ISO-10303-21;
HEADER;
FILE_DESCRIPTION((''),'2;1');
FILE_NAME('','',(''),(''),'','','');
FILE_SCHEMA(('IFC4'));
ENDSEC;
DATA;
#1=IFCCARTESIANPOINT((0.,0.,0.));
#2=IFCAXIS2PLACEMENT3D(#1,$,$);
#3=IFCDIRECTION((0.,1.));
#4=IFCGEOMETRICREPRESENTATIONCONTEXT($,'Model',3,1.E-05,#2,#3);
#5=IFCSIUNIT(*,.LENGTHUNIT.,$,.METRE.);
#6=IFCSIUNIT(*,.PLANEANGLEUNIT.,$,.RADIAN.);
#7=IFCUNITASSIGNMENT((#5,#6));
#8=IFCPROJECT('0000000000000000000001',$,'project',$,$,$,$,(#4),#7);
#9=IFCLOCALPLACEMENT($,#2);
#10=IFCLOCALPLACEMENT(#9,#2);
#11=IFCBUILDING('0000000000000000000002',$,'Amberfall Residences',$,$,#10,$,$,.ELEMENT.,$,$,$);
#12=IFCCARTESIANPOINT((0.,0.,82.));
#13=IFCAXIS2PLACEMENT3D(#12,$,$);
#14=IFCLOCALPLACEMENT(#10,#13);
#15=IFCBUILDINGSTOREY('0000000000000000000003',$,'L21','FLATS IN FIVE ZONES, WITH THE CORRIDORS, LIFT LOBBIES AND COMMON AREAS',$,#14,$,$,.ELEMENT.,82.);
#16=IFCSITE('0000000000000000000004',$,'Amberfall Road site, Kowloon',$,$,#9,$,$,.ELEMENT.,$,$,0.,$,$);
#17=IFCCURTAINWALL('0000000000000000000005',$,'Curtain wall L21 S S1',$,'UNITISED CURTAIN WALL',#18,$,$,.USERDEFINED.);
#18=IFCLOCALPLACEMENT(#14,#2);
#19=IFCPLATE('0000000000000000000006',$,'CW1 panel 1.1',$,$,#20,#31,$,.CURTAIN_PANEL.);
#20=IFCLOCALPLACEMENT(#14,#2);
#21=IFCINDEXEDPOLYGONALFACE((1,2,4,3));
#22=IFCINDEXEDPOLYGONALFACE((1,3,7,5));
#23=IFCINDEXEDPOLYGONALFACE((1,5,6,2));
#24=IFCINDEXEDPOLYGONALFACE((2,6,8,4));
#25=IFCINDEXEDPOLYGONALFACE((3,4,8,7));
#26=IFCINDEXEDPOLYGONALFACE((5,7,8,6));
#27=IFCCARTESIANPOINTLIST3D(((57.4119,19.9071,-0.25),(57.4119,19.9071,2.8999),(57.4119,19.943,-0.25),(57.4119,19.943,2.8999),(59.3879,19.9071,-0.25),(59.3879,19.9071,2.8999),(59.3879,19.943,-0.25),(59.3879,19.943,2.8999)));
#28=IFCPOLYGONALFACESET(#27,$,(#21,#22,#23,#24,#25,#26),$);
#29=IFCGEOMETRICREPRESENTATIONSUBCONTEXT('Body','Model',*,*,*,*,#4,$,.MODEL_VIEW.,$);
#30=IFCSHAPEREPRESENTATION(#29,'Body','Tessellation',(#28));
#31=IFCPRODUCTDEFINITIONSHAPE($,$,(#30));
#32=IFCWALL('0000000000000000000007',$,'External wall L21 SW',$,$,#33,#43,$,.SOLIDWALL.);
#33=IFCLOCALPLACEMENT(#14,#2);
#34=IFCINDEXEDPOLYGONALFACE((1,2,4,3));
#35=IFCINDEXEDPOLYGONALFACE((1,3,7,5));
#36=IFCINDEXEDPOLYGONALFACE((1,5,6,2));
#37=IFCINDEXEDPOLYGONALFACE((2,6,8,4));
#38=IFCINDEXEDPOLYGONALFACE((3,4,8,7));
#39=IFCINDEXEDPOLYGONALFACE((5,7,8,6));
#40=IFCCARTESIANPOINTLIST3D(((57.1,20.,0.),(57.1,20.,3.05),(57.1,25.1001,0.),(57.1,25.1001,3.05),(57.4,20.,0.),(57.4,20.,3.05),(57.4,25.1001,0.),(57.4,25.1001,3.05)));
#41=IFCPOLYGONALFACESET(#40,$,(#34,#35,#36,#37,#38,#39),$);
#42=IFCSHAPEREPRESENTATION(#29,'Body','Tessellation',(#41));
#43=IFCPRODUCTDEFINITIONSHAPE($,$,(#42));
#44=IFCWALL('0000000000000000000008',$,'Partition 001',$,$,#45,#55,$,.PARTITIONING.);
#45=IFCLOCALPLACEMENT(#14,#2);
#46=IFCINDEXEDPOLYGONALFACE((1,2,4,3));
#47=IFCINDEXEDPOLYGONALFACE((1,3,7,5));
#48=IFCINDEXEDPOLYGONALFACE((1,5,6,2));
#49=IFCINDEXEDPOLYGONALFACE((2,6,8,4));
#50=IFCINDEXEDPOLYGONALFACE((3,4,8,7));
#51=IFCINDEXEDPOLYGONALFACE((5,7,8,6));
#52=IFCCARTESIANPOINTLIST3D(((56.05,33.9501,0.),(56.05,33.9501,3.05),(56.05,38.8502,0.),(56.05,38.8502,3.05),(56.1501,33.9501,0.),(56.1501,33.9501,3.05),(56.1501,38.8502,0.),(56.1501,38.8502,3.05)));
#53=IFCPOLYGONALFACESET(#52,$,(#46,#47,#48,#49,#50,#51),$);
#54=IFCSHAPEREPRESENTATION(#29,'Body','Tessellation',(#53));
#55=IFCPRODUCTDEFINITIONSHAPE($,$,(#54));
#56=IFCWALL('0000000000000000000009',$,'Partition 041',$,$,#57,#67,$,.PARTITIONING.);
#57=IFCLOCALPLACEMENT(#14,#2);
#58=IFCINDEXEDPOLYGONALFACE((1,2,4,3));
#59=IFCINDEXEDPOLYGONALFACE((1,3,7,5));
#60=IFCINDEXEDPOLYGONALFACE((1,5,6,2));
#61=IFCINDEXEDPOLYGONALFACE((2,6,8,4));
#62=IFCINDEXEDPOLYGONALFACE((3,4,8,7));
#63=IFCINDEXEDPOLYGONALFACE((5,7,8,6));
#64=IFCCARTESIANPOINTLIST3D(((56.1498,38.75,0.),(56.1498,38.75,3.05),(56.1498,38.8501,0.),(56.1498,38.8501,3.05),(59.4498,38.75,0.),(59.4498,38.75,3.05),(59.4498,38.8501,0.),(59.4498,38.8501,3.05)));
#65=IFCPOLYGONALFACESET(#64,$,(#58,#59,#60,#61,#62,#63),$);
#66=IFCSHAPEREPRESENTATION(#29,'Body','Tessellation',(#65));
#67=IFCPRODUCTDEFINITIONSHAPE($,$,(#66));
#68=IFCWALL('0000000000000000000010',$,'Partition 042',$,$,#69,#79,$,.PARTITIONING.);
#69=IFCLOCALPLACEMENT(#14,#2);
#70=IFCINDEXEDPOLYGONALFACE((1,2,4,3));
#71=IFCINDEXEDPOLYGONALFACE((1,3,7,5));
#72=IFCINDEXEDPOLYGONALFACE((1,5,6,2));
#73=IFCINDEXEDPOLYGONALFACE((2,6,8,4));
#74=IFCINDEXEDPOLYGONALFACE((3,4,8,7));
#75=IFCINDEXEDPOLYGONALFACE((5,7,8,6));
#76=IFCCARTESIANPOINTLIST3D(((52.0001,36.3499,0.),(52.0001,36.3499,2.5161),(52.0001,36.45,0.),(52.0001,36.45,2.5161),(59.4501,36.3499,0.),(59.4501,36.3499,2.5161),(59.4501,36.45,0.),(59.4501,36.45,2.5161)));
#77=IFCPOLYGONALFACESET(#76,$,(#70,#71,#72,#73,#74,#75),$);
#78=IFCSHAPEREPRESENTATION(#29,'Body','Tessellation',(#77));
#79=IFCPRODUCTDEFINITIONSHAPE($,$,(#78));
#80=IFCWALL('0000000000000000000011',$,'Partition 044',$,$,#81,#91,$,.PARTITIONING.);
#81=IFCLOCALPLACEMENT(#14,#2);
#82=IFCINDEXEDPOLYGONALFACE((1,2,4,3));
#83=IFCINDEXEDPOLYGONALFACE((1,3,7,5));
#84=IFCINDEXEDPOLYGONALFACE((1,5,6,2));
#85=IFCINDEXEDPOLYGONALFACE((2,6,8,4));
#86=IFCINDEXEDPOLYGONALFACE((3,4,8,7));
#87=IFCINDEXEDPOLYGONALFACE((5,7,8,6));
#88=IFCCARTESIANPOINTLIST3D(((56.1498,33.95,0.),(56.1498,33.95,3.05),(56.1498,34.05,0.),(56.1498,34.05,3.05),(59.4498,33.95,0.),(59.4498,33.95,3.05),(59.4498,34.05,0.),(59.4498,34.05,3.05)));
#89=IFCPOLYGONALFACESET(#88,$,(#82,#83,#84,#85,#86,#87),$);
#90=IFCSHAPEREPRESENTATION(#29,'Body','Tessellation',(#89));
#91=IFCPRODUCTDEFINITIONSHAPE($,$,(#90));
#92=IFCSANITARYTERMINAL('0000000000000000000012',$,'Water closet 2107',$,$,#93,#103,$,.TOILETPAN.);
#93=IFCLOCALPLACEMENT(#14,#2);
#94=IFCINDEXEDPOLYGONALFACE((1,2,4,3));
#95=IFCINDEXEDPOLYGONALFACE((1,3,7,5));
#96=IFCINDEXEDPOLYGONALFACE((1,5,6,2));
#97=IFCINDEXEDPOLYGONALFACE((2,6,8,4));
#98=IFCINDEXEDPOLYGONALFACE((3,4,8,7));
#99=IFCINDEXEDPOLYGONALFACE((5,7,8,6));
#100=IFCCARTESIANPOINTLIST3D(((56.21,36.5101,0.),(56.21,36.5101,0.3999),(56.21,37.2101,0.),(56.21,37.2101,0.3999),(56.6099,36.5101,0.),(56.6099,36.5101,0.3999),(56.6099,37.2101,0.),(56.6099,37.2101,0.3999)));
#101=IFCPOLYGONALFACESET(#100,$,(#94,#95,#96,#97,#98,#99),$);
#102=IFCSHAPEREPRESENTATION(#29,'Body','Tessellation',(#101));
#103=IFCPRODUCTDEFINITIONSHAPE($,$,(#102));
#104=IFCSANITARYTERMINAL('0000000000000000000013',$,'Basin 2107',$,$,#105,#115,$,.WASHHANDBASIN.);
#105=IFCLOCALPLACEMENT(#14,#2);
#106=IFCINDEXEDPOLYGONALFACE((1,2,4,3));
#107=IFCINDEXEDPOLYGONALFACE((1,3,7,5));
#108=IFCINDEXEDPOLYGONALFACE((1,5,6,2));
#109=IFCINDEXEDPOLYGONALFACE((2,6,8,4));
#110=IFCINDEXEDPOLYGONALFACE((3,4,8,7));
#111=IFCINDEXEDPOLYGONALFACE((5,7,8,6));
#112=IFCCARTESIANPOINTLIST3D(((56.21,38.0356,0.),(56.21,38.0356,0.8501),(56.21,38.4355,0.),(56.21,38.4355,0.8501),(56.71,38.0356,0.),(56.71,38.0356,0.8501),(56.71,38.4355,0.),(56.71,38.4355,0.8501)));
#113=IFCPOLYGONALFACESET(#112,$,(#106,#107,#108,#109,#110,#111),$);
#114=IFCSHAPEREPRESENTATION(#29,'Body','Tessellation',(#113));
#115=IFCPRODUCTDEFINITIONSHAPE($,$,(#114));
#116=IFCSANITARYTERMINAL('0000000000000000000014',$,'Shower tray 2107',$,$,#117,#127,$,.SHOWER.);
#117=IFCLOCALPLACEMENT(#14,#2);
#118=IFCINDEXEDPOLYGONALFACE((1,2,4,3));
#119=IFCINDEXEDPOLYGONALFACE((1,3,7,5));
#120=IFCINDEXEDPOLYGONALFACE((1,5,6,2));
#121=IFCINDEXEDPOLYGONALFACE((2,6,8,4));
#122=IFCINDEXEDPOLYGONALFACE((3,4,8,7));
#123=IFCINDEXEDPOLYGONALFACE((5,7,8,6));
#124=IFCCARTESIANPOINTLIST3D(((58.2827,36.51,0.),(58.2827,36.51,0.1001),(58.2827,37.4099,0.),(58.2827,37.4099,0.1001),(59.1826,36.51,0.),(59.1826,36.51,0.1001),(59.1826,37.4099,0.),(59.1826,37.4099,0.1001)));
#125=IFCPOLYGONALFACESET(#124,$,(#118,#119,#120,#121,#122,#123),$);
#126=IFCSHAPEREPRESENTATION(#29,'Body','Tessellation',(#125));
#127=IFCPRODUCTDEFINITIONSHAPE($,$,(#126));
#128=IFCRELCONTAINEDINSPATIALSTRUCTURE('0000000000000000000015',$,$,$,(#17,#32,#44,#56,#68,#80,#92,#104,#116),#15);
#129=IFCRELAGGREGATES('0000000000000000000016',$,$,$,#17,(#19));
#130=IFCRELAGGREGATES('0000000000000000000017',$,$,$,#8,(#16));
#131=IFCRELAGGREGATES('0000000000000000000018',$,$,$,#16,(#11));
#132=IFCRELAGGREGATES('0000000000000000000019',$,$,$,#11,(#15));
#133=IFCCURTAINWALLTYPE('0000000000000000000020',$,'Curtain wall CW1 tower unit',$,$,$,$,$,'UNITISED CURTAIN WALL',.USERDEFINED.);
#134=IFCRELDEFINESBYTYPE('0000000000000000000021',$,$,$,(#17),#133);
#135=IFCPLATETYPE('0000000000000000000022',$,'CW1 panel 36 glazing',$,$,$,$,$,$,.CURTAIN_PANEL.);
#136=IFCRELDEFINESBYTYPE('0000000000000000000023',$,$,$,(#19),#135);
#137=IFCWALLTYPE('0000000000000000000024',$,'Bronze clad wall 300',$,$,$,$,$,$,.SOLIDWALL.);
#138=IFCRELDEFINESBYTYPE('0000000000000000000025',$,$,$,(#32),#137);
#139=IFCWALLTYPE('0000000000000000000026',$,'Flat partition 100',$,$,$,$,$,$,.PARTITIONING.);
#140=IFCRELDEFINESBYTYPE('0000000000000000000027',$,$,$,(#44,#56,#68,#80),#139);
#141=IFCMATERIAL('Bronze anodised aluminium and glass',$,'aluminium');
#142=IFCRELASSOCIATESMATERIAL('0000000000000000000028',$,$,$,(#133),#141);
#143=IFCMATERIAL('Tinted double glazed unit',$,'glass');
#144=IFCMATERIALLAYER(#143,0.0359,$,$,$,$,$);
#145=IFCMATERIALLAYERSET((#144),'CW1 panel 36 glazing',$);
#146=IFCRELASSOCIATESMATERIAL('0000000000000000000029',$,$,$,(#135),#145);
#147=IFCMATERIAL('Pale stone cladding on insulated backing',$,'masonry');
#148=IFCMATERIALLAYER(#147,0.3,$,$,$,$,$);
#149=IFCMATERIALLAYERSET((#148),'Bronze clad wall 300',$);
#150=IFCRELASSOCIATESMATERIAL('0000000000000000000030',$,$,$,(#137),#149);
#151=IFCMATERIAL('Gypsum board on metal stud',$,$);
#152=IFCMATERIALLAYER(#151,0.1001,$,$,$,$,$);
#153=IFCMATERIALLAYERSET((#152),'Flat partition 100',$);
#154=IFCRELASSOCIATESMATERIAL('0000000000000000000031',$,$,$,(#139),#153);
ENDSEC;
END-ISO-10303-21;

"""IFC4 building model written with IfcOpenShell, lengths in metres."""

from ifc_helpers import new_model, si_unit, direction, frame, frame_2d, origin, origin_2d, place, context, subcontext, project, spatial, rectangle, extrude, material, layer, layer_set, type_object, element, aggregate, save


model = new_model("IFC4")

# Units and contexts
model_context = context("Model", 3, precision=1e-05, world=origin(), true_north=direction((0.0, 1.0)))
body_context = subcontext(model_context, "Body", "Model", "MODEL_VIEW")
ifc_project = project(units=[si_unit("LENGTHUNIT", "METRE"), si_unit("PLANEANGLEUNIT", "RADIAN")], contexts=[model_context])

# Site, building, storey
site_placement = place(None, origin())
site = spatial("IfcSite", under=ifc_project, at=site_placement, Name="Amberfall Road site, Kowloon", CompositionType="ELEMENT", RefElevation=0.0)
building_placement = place(site_placement, origin())
building = spatial("IfcBuilding", under=site, at=building_placement, Name="Amberfall Residences", CompositionType="ELEMENT")
storey_placement = place(building_placement, frame((0.0, 0.0, 82.0)))
storey = spatial("IfcBuildingStorey", under=building, at=storey_placement, Name="L21", Description="FLATS IN FIVE ZONES, WITH THE CORRIDORS, LIFT LOBBIES AND COMMON AREAS", CompositionType="ELEMENT", Elevation=82.0)

# Curtain wall
ifc_material_1 = material(Name="Bronze anodised aluminium and glass", Category="aluminium")
curtain_wall_type = type_object("IfcCurtainWallType", Name="Curtain wall CW1 tower unit", ElementType="UNITISED CURTAIN WALL", PredefinedType="USERDEFINED", material=ifc_material_1)
curtain_wall_placement = place(storey_placement, origin())
curtain_wall = element("IfcCurtainWall", 1, at=curtain_wall_placement, inside=storey, type_object=curtain_wall_type, Name="Curtain wall L21 S S1", ObjectType="UNITISED CURTAIN WALL", PredefinedType="USERDEFINED")

# Plate
ifc_material_2 = material(Name="Tinted double glazed unit", Category="glass")
ifc_layer_1 = layer(ifc_material_2, 0.0359)
ifc_layer_set_1 = layer_set([ifc_layer_1], Name="CW1 panel 36 glazing")
plate_type = type_object("IfcPlateType", Name="CW1 panel 36 glazing", PredefinedType="CURTAIN_PANEL", material=ifc_layer_set_1)
plate_placement = place(storey_placement, frame((58.3999, 19.925, -0.25), z_axis=(0.0, 0.0, 1.0), x_axis=(1.0, 0.0, 0.0)))
plate = element("IfcPlate", 2, at=plate_placement, type_object=plate_type, Name="CW1 panel 1.1", PredefinedType="CURTAIN_PANEL", context=body_context, shape_type="SweptSolid", body=[
    extrude(rectangle(XDim=1.9761, YDim=0.0359, at=origin_2d()), origin(), (0.0, 0.0, 1.0), 3.1499),
])
aggregate(curtain_wall, [plate])

# Walls
ifc_material_3 = material(Name="Pale stone cladding on insulated backing", Category="masonry")
ifc_layer_2 = layer(ifc_material_3, 0.3)
ifc_layer_set_2 = layer_set([ifc_layer_2], Name="Bronze clad wall 300")
wall_type_1 = type_object("IfcWallType", Name="Bronze clad wall 300", PredefinedType="SOLIDWALL", material=ifc_layer_set_2)
wall_1_placement = place(storey_placement, frame((57.25, 25.1001, 0.0), z_axis=(0.0, 0.0, 1.0), x_axis=(0.0, -1.0, 0.0)))
element("IfcWall", 3, at=wall_1_placement, inside=storey, type_object=wall_type_1, Name="External wall L21 SW", PredefinedType="SOLIDWALL", context=body_context, shape_type="SweptSolid", body=[
    extrude(rectangle(XDim=5.1001, YDim=0.3, at=frame_2d((2.55, 0.0))), origin(), (0.0, 0.0, 1.0), 3.05),
])
ifc_material_4 = material(Name="Gypsum board on metal stud")
ifc_layer_3 = layer(ifc_material_4, 0.1001)
ifc_layer_set_3 = layer_set([ifc_layer_3], Name="Flat partition 100")
wall_type_2 = type_object("IfcWallType", Name="Flat partition 100", PredefinedType="PARTITIONING", material=ifc_layer_set_3)
wall_2_placement = place(storey_placement, frame((56.1001, 33.95, 0.0), z_axis=(0.0, 0.0, 1.0), x_axis=(0.0, 1.0, 0.0)))
element("IfcWall", 4, at=wall_2_placement, inside=storey, type_object=wall_type_2, Name="Partition 001", PredefinedType="PARTITIONING", context=body_context, shape_type="SweptSolid", body=[
    extrude(rectangle(XDim=4.9001, YDim=0.1001, at=frame_2d((2.4502, 0.0))), origin(), (0.0, 0.0, 1.0), 3.05),
])
wall_3_placement = place(storey_placement, frame((56.1499, 38.8, 0.0), z_axis=(0.0, 0.0, 1.0), x_axis=(1.0, 0.0, 0.0)))
element("IfcWall", 5, at=wall_3_placement, inside=storey, type_object=wall_type_2, Name="Partition 041", PredefinedType="PARTITIONING", context=body_context, shape_type="SweptSolid", body=[
    extrude(rectangle(XDim=3.3, YDim=0.1001, at=frame_2d((1.6499, 0.0))), origin(), (0.0, 0.0, 1.0), 3.05),
])
wall_4_placement = place(storey_placement, frame((52.0, 36.3999, 0.0), z_axis=(0.0, 0.0, 1.0), x_axis=(1.0, 0.0, 0.0)))
element("IfcWall", 6, at=wall_4_placement, inside=storey, type_object=wall_type_2, Name="Partition 042", PredefinedType="PARTITIONING", context=body_context, shape_type="SweptSolid", body=[
    extrude(rectangle(XDim=7.45, YDim=0.1001, at=frame_2d((3.7251, 0.0))), origin(), (0.0, 0.0, 1.0), 2.5161),
])
wall_5_placement = place(storey_placement, frame((56.1499, 34.0, 0.0), z_axis=(0.0, 0.0, 1.0), x_axis=(1.0, 0.0, 0.0)))
element("IfcWall", 7, at=wall_5_placement, inside=storey, type_object=wall_type_2, Name="Partition 044", PredefinedType="PARTITIONING", context=body_context, shape_type="SweptSolid", body=[
    extrude(rectangle(XDim=3.3, YDim=0.1001, at=frame_2d((1.6499, 0.0))), origin(), (0.0, 0.0, 1.0), 3.05),
])

# Sanitary terminals
sanitary_terminal_1_placement = place(storey_placement, frame((56.4099, 36.8601, 0.0), z_axis=(0.0, 0.0, 1.0), x_axis=(1.0, 0.0, 0.0)))
element("IfcSanitaryTerminal", 8, at=sanitary_terminal_1_placement, inside=storey, Name="Water closet 2107", PredefinedType="TOILETPAN", context=body_context, shape_type="SweptSolid", body=[
    extrude(rectangle(XDim=0.3999, YDim=0.7, at=origin_2d()), origin(), (0.0, 0.0, 1.0), 0.3999),
])
sanitary_terminal_2_placement = place(storey_placement, frame((56.46, 38.2356, 0.0), z_axis=(0.0, 0.0, 1.0), x_axis=(1.0, 0.0, 0.0)))
element("IfcSanitaryTerminal", 9, at=sanitary_terminal_2_placement, inside=storey, Name="Basin 2107", PredefinedType="WASHHANDBASIN", context=body_context, shape_type="SweptSolid", body=[
    extrude(rectangle(XDim=0.5, YDim=0.3999, at=origin_2d()), origin(), (0.0, 0.0, 1.0), 0.8501),
])
sanitary_terminal_3_placement = place(storey_placement, frame((58.7327, 36.96, 0.0), z_axis=(0.0, 0.0, 1.0), x_axis=(1.0, 0.0, 0.0)))
element("IfcSanitaryTerminal", 10, at=sanitary_terminal_3_placement, inside=storey, Name="Shower tray 2107", PredefinedType="SHOWER", context=body_context, shape_type="SweptSolid", body=[
    extrude(rectangle(XDim=0.8999, YDim=0.8999, at=origin_2d()), origin(), (0.0, 0.0, 1.0), 0.1001),
])

save(model, "model.ifc")
